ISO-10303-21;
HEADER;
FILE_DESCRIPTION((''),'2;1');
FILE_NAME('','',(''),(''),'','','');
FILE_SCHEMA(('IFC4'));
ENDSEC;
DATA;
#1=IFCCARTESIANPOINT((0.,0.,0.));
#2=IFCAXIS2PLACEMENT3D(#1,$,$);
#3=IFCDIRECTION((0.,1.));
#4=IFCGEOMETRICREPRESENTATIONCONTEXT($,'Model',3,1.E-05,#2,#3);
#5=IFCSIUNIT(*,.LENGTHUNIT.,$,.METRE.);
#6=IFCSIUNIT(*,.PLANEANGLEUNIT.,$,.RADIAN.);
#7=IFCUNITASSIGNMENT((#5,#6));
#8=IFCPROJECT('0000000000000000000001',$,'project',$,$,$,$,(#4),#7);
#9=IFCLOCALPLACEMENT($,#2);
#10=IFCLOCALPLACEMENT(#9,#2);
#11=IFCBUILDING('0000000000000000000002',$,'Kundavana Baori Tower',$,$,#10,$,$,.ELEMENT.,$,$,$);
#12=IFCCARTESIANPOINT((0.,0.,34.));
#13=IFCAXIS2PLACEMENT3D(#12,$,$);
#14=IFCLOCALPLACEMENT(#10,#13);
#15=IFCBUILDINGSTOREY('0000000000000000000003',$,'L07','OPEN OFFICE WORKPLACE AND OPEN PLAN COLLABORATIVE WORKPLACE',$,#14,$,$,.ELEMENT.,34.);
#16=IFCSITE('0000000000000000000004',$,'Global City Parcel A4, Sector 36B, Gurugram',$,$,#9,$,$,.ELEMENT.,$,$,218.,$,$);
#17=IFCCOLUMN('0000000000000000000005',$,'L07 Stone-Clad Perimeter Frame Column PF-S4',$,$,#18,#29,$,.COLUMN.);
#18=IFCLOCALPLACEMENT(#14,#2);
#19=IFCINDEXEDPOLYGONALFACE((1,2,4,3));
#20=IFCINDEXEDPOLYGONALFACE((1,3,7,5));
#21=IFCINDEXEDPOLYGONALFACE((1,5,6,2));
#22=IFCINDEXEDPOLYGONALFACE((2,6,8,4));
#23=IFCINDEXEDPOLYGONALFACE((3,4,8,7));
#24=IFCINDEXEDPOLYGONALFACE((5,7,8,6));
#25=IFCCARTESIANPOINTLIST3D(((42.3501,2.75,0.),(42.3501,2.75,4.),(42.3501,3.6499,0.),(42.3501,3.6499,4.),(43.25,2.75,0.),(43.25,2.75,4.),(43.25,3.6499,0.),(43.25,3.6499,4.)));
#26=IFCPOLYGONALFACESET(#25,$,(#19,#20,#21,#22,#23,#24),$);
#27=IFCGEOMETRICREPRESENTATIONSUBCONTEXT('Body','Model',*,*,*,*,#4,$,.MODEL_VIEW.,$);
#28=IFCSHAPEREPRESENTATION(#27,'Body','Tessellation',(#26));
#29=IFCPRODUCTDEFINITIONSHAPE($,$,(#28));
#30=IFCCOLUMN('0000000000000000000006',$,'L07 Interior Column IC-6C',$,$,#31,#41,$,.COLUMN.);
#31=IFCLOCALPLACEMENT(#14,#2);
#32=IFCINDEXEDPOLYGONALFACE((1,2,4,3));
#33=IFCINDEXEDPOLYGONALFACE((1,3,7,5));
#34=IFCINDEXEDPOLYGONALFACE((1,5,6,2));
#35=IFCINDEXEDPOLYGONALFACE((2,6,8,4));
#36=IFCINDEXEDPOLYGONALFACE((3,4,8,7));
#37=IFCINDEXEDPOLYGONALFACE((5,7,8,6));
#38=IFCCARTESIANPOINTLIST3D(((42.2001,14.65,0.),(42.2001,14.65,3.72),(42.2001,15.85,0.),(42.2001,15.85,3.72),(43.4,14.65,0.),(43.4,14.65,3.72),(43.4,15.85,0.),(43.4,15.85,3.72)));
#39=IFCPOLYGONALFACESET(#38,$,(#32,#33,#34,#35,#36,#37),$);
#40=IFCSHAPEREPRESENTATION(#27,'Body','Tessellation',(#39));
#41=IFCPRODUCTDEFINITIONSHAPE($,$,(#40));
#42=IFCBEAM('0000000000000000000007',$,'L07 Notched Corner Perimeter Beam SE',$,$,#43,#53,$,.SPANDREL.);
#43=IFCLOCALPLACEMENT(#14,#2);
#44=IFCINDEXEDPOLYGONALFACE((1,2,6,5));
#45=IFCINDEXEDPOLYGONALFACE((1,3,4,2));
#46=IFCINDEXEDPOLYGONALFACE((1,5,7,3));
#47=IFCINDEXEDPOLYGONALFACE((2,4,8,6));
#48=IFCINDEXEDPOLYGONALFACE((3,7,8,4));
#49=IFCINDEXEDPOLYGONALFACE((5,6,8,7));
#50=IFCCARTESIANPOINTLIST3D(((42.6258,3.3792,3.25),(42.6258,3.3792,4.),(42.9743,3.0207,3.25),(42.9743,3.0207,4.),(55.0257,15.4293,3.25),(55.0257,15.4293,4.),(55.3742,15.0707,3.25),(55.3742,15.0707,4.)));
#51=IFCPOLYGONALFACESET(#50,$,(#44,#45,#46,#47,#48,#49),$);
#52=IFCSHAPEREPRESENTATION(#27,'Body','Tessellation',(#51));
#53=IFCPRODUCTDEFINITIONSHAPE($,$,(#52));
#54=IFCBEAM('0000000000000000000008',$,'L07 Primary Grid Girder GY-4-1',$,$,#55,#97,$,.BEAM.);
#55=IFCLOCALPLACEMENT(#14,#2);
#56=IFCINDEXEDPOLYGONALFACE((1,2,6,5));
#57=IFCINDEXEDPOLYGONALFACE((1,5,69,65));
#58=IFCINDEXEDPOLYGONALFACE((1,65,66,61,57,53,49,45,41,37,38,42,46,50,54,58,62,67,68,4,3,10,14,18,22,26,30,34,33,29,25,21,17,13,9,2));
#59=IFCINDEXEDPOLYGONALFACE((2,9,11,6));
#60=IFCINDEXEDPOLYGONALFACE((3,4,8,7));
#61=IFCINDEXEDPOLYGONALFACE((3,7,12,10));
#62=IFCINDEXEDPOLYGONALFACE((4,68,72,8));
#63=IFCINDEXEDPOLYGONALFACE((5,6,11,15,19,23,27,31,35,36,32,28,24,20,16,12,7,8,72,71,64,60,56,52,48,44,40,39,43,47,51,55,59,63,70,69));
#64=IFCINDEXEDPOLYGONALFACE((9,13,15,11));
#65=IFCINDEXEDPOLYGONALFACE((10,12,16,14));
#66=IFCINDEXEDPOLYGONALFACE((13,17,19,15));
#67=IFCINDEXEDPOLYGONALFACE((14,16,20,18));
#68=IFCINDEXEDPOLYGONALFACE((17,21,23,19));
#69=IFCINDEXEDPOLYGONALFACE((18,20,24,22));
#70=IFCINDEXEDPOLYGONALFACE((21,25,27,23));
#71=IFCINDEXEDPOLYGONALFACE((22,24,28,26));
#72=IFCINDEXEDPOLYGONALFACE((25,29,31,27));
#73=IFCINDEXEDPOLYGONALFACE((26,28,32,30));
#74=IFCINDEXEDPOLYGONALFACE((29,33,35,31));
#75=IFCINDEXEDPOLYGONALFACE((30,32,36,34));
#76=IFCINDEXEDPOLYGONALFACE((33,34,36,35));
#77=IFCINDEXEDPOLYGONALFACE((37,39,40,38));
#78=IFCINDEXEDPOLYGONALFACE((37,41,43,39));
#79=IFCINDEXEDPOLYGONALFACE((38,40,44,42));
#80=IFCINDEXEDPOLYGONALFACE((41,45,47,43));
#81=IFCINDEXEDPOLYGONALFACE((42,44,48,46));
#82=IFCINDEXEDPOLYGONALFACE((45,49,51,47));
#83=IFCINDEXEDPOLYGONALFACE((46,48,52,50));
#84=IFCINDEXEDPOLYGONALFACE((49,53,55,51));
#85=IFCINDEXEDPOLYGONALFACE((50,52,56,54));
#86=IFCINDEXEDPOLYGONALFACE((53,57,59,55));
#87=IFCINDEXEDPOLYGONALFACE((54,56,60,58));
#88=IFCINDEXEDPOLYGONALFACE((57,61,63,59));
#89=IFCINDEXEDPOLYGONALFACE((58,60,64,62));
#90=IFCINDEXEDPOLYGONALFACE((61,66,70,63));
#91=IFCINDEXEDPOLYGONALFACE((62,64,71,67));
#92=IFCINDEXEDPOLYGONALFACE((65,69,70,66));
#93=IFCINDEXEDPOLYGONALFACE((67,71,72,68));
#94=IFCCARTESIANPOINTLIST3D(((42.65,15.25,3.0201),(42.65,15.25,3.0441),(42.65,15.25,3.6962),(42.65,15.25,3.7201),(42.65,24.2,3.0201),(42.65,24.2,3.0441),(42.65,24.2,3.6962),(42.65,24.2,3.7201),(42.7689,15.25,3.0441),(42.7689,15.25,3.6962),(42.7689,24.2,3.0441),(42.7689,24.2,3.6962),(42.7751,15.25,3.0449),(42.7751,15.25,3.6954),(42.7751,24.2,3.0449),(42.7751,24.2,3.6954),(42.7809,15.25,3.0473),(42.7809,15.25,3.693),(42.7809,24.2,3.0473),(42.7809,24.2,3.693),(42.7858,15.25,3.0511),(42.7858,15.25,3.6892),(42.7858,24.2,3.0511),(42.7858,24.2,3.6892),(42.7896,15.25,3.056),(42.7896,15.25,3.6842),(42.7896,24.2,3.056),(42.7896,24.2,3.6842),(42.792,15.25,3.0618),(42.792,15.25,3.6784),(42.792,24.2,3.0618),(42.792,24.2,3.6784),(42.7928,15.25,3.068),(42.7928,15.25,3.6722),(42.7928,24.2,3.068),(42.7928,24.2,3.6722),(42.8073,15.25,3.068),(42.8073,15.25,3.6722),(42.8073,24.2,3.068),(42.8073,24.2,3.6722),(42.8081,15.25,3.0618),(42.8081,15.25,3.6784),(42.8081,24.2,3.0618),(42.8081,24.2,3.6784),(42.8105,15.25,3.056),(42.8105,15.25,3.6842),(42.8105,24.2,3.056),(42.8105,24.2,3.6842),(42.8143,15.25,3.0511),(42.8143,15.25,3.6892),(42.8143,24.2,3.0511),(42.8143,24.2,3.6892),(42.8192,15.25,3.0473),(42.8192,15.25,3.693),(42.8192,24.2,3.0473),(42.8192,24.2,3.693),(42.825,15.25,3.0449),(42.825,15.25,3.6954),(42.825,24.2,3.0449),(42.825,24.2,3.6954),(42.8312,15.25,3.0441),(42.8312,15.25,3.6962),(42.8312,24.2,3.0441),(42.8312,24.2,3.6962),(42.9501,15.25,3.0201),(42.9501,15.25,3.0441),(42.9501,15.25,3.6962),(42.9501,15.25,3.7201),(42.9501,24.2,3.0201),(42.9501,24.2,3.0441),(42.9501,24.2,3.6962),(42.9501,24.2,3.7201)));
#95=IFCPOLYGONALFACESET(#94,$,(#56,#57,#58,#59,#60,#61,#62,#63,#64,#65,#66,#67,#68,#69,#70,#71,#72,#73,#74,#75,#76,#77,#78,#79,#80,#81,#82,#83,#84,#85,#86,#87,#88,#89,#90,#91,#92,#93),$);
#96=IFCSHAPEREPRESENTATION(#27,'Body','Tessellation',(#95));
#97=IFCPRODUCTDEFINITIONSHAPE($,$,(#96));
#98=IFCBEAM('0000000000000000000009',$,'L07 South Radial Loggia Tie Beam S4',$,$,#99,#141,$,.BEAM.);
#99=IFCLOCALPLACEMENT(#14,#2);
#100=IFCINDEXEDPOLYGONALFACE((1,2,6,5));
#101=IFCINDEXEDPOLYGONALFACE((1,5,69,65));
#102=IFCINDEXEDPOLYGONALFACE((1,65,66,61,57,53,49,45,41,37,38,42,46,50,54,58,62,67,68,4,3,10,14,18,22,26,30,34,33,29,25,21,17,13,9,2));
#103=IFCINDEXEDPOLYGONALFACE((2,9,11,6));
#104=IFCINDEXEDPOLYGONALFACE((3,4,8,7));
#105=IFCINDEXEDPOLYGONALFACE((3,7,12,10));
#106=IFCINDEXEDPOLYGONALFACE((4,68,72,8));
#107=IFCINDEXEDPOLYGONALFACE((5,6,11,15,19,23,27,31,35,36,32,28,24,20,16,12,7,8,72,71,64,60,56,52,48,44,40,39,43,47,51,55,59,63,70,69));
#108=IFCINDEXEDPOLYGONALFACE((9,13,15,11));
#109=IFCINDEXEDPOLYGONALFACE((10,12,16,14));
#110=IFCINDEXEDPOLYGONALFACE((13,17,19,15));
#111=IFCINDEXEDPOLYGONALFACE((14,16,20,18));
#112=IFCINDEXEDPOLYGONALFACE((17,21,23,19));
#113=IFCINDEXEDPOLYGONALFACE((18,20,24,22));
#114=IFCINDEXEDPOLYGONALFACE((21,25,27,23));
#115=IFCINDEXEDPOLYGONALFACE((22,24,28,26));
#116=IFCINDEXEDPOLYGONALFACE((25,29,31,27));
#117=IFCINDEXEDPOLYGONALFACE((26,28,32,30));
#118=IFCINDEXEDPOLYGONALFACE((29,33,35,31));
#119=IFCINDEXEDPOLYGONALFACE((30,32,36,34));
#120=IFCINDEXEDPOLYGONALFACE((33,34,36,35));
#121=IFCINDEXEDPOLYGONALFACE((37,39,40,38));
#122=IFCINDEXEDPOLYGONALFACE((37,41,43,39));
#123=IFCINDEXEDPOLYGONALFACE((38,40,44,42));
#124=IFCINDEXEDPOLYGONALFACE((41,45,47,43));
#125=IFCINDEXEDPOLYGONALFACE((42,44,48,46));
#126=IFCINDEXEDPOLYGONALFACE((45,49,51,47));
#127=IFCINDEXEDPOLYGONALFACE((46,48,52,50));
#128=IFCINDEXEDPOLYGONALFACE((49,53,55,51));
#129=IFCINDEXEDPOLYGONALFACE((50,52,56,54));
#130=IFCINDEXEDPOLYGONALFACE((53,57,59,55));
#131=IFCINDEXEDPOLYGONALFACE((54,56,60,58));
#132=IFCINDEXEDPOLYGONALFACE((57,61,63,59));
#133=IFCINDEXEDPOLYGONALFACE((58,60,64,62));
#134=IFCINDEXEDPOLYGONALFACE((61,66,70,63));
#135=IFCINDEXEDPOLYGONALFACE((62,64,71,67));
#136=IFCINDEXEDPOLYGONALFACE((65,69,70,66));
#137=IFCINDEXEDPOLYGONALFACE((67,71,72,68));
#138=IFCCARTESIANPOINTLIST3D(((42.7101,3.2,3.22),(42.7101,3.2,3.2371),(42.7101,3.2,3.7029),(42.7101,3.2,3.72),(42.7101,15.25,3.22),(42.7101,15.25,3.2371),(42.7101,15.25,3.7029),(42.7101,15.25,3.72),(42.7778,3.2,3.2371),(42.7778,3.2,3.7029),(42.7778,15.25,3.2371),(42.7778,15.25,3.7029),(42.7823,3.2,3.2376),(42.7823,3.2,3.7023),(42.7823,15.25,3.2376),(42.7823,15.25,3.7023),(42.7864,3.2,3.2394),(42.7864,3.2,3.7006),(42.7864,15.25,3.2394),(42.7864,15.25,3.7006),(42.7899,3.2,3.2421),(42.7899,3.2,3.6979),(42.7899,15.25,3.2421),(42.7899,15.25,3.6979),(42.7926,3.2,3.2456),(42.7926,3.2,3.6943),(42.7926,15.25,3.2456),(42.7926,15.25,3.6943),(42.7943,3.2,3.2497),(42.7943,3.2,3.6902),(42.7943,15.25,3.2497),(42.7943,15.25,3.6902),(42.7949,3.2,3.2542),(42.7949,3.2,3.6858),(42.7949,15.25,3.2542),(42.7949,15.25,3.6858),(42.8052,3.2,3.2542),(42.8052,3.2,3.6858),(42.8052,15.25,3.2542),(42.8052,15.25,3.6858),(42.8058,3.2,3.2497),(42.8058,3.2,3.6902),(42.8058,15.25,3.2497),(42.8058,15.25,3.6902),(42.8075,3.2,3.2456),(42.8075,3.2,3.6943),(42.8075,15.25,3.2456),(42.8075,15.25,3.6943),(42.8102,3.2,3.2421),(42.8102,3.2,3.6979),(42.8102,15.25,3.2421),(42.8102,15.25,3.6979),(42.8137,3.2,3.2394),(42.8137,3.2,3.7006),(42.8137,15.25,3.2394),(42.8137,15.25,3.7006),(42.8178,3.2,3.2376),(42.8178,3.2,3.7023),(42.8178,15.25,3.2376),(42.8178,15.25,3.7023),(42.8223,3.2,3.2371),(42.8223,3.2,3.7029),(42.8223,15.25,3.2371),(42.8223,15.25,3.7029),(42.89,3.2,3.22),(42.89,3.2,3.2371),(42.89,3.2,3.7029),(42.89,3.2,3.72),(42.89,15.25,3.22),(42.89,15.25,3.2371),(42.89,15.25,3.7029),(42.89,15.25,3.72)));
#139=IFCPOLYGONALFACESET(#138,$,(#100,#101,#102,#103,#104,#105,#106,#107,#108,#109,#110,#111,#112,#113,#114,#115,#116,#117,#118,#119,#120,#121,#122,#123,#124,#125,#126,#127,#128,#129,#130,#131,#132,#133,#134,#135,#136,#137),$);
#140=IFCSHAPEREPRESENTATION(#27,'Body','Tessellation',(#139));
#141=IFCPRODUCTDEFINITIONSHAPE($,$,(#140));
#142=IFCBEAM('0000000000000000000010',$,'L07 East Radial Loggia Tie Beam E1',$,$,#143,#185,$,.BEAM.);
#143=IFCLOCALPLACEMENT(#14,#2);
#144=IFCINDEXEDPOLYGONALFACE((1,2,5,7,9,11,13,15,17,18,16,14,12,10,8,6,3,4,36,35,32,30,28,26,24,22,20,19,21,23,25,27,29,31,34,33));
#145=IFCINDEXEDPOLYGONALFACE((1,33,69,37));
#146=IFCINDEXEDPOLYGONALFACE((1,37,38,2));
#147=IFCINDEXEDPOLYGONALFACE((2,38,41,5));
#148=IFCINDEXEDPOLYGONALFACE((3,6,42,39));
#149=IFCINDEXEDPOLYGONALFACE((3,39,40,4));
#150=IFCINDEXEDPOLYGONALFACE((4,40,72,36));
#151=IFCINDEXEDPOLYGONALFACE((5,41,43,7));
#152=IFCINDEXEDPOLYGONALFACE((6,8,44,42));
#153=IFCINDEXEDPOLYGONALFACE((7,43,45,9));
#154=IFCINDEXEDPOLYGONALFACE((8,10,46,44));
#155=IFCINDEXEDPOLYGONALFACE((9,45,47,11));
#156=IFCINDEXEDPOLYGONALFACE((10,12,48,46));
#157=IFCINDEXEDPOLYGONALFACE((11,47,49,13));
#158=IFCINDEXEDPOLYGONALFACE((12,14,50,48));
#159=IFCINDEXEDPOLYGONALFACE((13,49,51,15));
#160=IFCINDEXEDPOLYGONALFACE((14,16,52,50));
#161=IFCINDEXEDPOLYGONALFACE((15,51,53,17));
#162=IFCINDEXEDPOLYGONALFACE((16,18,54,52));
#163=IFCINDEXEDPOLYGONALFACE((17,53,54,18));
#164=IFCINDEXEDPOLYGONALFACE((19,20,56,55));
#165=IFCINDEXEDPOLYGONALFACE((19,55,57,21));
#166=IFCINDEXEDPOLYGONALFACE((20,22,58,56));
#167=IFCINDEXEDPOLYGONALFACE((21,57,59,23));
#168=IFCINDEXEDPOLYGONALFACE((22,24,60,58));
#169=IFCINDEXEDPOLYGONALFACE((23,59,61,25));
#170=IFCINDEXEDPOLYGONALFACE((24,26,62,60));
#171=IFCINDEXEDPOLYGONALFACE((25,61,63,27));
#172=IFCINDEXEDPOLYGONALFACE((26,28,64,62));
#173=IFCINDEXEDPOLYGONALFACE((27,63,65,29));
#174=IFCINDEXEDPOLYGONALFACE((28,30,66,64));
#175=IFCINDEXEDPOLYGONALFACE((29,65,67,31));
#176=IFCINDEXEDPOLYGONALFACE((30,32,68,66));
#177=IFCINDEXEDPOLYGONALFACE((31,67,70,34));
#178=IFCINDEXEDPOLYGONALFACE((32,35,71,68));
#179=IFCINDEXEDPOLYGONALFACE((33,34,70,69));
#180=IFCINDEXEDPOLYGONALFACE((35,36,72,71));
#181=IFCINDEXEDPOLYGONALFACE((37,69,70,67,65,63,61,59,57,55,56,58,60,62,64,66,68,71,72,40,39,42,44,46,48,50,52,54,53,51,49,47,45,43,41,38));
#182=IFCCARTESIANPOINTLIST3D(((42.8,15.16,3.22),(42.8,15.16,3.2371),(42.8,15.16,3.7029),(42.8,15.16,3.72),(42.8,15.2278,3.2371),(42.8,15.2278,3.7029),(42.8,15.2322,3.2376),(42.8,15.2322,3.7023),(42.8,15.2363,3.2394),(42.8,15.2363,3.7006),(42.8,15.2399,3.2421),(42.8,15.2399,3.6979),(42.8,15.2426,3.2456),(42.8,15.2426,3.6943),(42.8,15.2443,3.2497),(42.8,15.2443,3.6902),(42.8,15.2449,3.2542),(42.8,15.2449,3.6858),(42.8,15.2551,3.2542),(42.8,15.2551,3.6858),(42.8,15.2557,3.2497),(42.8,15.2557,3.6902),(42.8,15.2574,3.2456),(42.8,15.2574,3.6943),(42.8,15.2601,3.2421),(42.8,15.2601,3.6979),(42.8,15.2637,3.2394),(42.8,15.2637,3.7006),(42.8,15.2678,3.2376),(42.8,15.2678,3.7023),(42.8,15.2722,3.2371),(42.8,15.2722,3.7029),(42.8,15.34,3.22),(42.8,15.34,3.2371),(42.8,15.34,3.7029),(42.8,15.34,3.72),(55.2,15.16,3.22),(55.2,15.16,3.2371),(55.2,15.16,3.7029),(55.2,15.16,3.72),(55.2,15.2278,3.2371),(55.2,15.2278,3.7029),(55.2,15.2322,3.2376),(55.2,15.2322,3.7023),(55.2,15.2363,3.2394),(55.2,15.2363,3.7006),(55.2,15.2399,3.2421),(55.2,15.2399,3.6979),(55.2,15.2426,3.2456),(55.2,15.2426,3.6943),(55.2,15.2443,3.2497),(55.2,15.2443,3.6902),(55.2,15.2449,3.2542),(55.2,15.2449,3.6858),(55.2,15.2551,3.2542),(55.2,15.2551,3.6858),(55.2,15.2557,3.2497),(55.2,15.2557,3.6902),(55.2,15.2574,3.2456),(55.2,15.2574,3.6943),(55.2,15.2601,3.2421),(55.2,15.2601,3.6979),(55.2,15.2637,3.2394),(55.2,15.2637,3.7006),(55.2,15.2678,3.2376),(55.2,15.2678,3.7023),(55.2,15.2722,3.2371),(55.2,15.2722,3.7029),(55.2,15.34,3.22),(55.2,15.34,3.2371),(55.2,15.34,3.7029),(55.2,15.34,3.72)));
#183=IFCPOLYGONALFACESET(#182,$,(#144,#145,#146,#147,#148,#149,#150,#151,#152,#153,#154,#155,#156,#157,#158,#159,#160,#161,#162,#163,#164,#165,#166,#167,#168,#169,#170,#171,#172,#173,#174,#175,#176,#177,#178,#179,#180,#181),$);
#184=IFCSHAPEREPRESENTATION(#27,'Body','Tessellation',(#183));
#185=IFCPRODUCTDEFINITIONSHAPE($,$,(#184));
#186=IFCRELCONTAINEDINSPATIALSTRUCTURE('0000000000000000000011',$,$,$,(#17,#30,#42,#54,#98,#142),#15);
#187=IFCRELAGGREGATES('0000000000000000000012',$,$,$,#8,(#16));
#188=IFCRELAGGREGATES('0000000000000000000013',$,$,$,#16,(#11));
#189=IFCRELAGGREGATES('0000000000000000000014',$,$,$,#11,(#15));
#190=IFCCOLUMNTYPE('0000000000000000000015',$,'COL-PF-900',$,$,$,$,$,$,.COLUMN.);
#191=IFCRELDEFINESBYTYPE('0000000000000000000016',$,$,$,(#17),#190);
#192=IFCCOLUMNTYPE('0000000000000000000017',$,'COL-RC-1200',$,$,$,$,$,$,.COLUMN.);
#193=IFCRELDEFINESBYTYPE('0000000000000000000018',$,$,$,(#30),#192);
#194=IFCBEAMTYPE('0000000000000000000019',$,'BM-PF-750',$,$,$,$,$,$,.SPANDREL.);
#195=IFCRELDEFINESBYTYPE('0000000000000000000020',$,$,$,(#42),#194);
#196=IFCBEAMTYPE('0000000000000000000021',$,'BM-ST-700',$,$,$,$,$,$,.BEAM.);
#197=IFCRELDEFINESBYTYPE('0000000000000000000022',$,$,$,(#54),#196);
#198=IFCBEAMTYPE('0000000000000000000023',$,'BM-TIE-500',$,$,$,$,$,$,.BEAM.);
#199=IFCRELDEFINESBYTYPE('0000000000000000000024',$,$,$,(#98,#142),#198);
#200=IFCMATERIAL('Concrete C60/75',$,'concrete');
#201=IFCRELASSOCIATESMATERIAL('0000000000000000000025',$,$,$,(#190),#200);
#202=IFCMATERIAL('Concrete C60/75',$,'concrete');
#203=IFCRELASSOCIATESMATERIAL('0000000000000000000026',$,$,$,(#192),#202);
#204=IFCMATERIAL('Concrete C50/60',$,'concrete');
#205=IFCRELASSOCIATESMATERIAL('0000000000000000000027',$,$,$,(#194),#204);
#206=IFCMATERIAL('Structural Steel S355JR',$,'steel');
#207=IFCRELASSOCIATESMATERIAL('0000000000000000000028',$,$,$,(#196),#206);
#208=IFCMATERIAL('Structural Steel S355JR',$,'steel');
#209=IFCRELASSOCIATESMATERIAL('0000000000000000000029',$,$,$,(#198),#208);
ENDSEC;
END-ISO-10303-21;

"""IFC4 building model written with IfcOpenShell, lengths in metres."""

from ifc_helpers import new_model, si_unit, direction, frame, origin, origin_2d, place, context, subcontext, project, spatial, rectangle, i_section, extrude, material, material_profile, profile_set, type_object, element, save


model = new_model("IFC4")

# Units and contexts
model_context = context("Model", 3, precision=1e-05, world=origin(), true_north=direction((0.0, 1.0)))
body_context = subcontext(model_context, "Body", "Model", "MODEL_VIEW")
ifc_project = project(units=[si_unit("LENGTHUNIT", "METRE"), si_unit("PLANEANGLEUNIT", "RADIAN")], contexts=[model_context])

# Site, building, storey
site_placement = place(None, origin())
site = spatial("IfcSite", under=ifc_project, at=site_placement, Name="Global City Parcel A4, Sector 36B, Gurugram", CompositionType="ELEMENT", RefElevation=218.0)
building_placement = place(site_placement, origin())
building = spatial("IfcBuilding", under=site, at=building_placement, Name="Kundavana Baori Tower", CompositionType="ELEMENT")
storey_placement = place(building_placement, frame((0.0, 0.0, 34.0)))
storey = spatial("IfcBuildingStorey", under=building, at=storey_placement, Name="L07", Description="OPEN OFFICE WORKPLACE AND OPEN PLAN COLLABORATIVE WORKPLACE", CompositionType="ELEMENT", Elevation=34.0)

# Columns
ifc_material_1 = material(Name="Concrete C60/75", Category="concrete")
ifc_material_profile_1 = material_profile(ifc_material_1, rectangle(XDim=0.8999, YDim=0.8999, at=origin_2d()), Name="RC PF 900x900")
ifc_profile_set_1 = profile_set([ifc_material_profile_1], Name="Concrete C60/75")
column_type_1 = type_object("IfcColumnType", Name="COL-PF-900", PredefinedType="COLUMN", material=ifc_profile_set_1)
column_1_placement = place(storey_placement, frame((42.8, 3.2, 0.0), z_axis=(0.0, 0.0, 1.0), x_axis=(1.0, 0.0, 0.0)))
element("IfcColumn", 1, at=column_1_placement, inside=storey, type_object=column_type_1, Name="L07 Stone-Clad Perimeter Frame Column PF-S4", PredefinedType="COLUMN", context=body_context, shape_type="SweptSolid", body=[
    extrude(rectangle(XDim=0.8999, YDim=0.8999, at=origin_2d()), origin(), (0.0, 0.0, 1.0), 4.0),
])
ifc_material_2 = material(Name="Concrete C60/75", Category="concrete")
ifc_material_profile_2 = material_profile(ifc_material_2, rectangle(XDim=1.2, YDim=1.2, at=origin_2d()), Name="RC 1200x1200")
ifc_profile_set_2 = profile_set([ifc_material_profile_2], Name="Concrete C60/75")
column_type_2 = type_object("IfcColumnType", Name="COL-RC-1200", PredefinedType="COLUMN", material=ifc_profile_set_2)
column_2_placement = place(storey_placement, frame((42.8, 15.25, 0.0), z_axis=(0.0, 0.0, 1.0), x_axis=(1.0, 0.0, 0.0)))
element("IfcColumn", 2, at=column_2_placement, inside=storey, type_object=column_type_2, Name="L07 Interior Column IC-6C", PredefinedType="COLUMN", context=body_context, shape_type="SweptSolid", body=[
    extrude(rectangle(XDim=1.2, YDim=1.2, at=origin_2d()), origin(), (0.0, 0.0, 1.0), 3.72),
])

# Beams
ifc_material_3 = material(Name="Concrete C50/60", Category="concrete")
ifc_material_profile_3 = material_profile(ifc_material_3, rectangle(XDim=0.5, YDim=0.75, at=origin_2d()), Name="RC BM 500x750")
ifc_profile_set_3 = profile_set([ifc_material_profile_3], Name="Concrete C50/60")
beam_type_1 = type_object("IfcBeamType", Name="BM-PF-750", PredefinedType="SPANDREL", material=ifc_profile_set_3)
beam_1_placement = place(storey_placement, frame((42.8, 3.2, 3.625), z_axis=(0.717151, 0.696917, 0.0), x_axis=(-0.696917, 0.717151, 0.0)))
element("IfcBeam", 3, at=beam_1_placement, inside=storey, type_object=beam_type_1, Name="L07 Notched Corner Perimeter Beam SE", PredefinedType="SPANDREL", context=body_context, shape_type="SweptSolid", body=[
    extrude(rectangle(XDim=0.5, YDim=0.75, at=origin_2d()), origin(), (0.0, 0.0, 1.0), 17.2905),
])
ifc_material_4 = material(Name="Structural Steel S355JR", Category="steel")
ifc_material_profile_4 = material_profile(ifc_material_4, i_section(OverallWidth=0.3, OverallDepth=0.7, WebThickness=0.0144, FlangeThickness=0.0239, FilletRadius=0.0239, at=origin_2d()), Name="NPB 700x300x170")
ifc_profile_set_4 = profile_set([ifc_material_profile_4], Name="Structural Steel S355JR")
beam_type_2 = type_object("IfcBeamType", Name="BM-ST-700", PredefinedType="BEAM", material=ifc_profile_set_4)
beam_2_placement = place(storey_placement, frame((42.8, 15.25, 3.3701), z_axis=(0.0, 1.0, 0.0), x_axis=(-1.0, 0.0, 0.0)))
element("IfcBeam", 4, at=beam_2_placement, inside=storey, type_object=beam_type_2, Name="L07 Primary Grid Girder GY-4-1", PredefinedType="BEAM", context=body_context, shape_type="SweptSolid", body=[
    extrude(i_section(OverallWidth=0.3, OverallDepth=0.7, WebThickness=0.0144, FlangeThickness=0.0239, FilletRadius=0.0239, at=origin_2d()), origin(), (0.0, 0.0, 1.0), 8.95),
])
ifc_material_5 = material(Name="Structural Steel S355JR", Category="steel")
ifc_material_profile_5 = material_profile(ifc_material_5, i_section(OverallWidth=0.1799, OverallDepth=0.5, WebThickness=0.0103, FlangeThickness=0.0171, FilletRadius=0.0171, at=origin_2d()), Name="ISMB 500")
ifc_profile_set_5 = profile_set([ifc_material_profile_5], Name="Structural Steel S355JR")
beam_type_3 = type_object("IfcBeamType", Name="BM-TIE-500", PredefinedType="BEAM", material=ifc_profile_set_5)
beam_3_placement = place(storey_placement, frame((42.8, 15.25, 3.47), z_axis=(0.0, -1.0, 0.0), x_axis=(1.0, 0.0, 0.0)))
element("IfcBeam", 5, at=beam_3_placement, inside=storey, type_object=beam_type_3, Name="L07 South Radial Loggia Tie Beam S4", PredefinedType="BEAM", context=body_context, shape_type="SweptSolid", body=[
    extrude(i_section(OverallWidth=0.1799, OverallDepth=0.5, WebThickness=0.0103, FlangeThickness=0.0171, FilletRadius=0.0171, at=origin_2d()), origin(), (0.0, 0.0, 1.0), 12.05),
])
beam_4_placement = place(storey_placement, frame((42.8, 15.25, 3.47), z_axis=(1.0, 0.0, 0.0), x_axis=(0.0, 1.0, 0.0)))
element("IfcBeam", 6, at=beam_4_placement, inside=storey, type_object=beam_type_3, Name="L07 East Radial Loggia Tie Beam E1", PredefinedType="BEAM", context=body_context, shape_type="SweptSolid", body=[
    extrude(i_section(OverallWidth=0.1799, OverallDepth=0.5, WebThickness=0.0103, FlangeThickness=0.0171, FilletRadius=0.0171, at=origin_2d()), origin(), (0.0, 0.0, 1.0), 12.3999),
])

save(model, "model.ifc")
